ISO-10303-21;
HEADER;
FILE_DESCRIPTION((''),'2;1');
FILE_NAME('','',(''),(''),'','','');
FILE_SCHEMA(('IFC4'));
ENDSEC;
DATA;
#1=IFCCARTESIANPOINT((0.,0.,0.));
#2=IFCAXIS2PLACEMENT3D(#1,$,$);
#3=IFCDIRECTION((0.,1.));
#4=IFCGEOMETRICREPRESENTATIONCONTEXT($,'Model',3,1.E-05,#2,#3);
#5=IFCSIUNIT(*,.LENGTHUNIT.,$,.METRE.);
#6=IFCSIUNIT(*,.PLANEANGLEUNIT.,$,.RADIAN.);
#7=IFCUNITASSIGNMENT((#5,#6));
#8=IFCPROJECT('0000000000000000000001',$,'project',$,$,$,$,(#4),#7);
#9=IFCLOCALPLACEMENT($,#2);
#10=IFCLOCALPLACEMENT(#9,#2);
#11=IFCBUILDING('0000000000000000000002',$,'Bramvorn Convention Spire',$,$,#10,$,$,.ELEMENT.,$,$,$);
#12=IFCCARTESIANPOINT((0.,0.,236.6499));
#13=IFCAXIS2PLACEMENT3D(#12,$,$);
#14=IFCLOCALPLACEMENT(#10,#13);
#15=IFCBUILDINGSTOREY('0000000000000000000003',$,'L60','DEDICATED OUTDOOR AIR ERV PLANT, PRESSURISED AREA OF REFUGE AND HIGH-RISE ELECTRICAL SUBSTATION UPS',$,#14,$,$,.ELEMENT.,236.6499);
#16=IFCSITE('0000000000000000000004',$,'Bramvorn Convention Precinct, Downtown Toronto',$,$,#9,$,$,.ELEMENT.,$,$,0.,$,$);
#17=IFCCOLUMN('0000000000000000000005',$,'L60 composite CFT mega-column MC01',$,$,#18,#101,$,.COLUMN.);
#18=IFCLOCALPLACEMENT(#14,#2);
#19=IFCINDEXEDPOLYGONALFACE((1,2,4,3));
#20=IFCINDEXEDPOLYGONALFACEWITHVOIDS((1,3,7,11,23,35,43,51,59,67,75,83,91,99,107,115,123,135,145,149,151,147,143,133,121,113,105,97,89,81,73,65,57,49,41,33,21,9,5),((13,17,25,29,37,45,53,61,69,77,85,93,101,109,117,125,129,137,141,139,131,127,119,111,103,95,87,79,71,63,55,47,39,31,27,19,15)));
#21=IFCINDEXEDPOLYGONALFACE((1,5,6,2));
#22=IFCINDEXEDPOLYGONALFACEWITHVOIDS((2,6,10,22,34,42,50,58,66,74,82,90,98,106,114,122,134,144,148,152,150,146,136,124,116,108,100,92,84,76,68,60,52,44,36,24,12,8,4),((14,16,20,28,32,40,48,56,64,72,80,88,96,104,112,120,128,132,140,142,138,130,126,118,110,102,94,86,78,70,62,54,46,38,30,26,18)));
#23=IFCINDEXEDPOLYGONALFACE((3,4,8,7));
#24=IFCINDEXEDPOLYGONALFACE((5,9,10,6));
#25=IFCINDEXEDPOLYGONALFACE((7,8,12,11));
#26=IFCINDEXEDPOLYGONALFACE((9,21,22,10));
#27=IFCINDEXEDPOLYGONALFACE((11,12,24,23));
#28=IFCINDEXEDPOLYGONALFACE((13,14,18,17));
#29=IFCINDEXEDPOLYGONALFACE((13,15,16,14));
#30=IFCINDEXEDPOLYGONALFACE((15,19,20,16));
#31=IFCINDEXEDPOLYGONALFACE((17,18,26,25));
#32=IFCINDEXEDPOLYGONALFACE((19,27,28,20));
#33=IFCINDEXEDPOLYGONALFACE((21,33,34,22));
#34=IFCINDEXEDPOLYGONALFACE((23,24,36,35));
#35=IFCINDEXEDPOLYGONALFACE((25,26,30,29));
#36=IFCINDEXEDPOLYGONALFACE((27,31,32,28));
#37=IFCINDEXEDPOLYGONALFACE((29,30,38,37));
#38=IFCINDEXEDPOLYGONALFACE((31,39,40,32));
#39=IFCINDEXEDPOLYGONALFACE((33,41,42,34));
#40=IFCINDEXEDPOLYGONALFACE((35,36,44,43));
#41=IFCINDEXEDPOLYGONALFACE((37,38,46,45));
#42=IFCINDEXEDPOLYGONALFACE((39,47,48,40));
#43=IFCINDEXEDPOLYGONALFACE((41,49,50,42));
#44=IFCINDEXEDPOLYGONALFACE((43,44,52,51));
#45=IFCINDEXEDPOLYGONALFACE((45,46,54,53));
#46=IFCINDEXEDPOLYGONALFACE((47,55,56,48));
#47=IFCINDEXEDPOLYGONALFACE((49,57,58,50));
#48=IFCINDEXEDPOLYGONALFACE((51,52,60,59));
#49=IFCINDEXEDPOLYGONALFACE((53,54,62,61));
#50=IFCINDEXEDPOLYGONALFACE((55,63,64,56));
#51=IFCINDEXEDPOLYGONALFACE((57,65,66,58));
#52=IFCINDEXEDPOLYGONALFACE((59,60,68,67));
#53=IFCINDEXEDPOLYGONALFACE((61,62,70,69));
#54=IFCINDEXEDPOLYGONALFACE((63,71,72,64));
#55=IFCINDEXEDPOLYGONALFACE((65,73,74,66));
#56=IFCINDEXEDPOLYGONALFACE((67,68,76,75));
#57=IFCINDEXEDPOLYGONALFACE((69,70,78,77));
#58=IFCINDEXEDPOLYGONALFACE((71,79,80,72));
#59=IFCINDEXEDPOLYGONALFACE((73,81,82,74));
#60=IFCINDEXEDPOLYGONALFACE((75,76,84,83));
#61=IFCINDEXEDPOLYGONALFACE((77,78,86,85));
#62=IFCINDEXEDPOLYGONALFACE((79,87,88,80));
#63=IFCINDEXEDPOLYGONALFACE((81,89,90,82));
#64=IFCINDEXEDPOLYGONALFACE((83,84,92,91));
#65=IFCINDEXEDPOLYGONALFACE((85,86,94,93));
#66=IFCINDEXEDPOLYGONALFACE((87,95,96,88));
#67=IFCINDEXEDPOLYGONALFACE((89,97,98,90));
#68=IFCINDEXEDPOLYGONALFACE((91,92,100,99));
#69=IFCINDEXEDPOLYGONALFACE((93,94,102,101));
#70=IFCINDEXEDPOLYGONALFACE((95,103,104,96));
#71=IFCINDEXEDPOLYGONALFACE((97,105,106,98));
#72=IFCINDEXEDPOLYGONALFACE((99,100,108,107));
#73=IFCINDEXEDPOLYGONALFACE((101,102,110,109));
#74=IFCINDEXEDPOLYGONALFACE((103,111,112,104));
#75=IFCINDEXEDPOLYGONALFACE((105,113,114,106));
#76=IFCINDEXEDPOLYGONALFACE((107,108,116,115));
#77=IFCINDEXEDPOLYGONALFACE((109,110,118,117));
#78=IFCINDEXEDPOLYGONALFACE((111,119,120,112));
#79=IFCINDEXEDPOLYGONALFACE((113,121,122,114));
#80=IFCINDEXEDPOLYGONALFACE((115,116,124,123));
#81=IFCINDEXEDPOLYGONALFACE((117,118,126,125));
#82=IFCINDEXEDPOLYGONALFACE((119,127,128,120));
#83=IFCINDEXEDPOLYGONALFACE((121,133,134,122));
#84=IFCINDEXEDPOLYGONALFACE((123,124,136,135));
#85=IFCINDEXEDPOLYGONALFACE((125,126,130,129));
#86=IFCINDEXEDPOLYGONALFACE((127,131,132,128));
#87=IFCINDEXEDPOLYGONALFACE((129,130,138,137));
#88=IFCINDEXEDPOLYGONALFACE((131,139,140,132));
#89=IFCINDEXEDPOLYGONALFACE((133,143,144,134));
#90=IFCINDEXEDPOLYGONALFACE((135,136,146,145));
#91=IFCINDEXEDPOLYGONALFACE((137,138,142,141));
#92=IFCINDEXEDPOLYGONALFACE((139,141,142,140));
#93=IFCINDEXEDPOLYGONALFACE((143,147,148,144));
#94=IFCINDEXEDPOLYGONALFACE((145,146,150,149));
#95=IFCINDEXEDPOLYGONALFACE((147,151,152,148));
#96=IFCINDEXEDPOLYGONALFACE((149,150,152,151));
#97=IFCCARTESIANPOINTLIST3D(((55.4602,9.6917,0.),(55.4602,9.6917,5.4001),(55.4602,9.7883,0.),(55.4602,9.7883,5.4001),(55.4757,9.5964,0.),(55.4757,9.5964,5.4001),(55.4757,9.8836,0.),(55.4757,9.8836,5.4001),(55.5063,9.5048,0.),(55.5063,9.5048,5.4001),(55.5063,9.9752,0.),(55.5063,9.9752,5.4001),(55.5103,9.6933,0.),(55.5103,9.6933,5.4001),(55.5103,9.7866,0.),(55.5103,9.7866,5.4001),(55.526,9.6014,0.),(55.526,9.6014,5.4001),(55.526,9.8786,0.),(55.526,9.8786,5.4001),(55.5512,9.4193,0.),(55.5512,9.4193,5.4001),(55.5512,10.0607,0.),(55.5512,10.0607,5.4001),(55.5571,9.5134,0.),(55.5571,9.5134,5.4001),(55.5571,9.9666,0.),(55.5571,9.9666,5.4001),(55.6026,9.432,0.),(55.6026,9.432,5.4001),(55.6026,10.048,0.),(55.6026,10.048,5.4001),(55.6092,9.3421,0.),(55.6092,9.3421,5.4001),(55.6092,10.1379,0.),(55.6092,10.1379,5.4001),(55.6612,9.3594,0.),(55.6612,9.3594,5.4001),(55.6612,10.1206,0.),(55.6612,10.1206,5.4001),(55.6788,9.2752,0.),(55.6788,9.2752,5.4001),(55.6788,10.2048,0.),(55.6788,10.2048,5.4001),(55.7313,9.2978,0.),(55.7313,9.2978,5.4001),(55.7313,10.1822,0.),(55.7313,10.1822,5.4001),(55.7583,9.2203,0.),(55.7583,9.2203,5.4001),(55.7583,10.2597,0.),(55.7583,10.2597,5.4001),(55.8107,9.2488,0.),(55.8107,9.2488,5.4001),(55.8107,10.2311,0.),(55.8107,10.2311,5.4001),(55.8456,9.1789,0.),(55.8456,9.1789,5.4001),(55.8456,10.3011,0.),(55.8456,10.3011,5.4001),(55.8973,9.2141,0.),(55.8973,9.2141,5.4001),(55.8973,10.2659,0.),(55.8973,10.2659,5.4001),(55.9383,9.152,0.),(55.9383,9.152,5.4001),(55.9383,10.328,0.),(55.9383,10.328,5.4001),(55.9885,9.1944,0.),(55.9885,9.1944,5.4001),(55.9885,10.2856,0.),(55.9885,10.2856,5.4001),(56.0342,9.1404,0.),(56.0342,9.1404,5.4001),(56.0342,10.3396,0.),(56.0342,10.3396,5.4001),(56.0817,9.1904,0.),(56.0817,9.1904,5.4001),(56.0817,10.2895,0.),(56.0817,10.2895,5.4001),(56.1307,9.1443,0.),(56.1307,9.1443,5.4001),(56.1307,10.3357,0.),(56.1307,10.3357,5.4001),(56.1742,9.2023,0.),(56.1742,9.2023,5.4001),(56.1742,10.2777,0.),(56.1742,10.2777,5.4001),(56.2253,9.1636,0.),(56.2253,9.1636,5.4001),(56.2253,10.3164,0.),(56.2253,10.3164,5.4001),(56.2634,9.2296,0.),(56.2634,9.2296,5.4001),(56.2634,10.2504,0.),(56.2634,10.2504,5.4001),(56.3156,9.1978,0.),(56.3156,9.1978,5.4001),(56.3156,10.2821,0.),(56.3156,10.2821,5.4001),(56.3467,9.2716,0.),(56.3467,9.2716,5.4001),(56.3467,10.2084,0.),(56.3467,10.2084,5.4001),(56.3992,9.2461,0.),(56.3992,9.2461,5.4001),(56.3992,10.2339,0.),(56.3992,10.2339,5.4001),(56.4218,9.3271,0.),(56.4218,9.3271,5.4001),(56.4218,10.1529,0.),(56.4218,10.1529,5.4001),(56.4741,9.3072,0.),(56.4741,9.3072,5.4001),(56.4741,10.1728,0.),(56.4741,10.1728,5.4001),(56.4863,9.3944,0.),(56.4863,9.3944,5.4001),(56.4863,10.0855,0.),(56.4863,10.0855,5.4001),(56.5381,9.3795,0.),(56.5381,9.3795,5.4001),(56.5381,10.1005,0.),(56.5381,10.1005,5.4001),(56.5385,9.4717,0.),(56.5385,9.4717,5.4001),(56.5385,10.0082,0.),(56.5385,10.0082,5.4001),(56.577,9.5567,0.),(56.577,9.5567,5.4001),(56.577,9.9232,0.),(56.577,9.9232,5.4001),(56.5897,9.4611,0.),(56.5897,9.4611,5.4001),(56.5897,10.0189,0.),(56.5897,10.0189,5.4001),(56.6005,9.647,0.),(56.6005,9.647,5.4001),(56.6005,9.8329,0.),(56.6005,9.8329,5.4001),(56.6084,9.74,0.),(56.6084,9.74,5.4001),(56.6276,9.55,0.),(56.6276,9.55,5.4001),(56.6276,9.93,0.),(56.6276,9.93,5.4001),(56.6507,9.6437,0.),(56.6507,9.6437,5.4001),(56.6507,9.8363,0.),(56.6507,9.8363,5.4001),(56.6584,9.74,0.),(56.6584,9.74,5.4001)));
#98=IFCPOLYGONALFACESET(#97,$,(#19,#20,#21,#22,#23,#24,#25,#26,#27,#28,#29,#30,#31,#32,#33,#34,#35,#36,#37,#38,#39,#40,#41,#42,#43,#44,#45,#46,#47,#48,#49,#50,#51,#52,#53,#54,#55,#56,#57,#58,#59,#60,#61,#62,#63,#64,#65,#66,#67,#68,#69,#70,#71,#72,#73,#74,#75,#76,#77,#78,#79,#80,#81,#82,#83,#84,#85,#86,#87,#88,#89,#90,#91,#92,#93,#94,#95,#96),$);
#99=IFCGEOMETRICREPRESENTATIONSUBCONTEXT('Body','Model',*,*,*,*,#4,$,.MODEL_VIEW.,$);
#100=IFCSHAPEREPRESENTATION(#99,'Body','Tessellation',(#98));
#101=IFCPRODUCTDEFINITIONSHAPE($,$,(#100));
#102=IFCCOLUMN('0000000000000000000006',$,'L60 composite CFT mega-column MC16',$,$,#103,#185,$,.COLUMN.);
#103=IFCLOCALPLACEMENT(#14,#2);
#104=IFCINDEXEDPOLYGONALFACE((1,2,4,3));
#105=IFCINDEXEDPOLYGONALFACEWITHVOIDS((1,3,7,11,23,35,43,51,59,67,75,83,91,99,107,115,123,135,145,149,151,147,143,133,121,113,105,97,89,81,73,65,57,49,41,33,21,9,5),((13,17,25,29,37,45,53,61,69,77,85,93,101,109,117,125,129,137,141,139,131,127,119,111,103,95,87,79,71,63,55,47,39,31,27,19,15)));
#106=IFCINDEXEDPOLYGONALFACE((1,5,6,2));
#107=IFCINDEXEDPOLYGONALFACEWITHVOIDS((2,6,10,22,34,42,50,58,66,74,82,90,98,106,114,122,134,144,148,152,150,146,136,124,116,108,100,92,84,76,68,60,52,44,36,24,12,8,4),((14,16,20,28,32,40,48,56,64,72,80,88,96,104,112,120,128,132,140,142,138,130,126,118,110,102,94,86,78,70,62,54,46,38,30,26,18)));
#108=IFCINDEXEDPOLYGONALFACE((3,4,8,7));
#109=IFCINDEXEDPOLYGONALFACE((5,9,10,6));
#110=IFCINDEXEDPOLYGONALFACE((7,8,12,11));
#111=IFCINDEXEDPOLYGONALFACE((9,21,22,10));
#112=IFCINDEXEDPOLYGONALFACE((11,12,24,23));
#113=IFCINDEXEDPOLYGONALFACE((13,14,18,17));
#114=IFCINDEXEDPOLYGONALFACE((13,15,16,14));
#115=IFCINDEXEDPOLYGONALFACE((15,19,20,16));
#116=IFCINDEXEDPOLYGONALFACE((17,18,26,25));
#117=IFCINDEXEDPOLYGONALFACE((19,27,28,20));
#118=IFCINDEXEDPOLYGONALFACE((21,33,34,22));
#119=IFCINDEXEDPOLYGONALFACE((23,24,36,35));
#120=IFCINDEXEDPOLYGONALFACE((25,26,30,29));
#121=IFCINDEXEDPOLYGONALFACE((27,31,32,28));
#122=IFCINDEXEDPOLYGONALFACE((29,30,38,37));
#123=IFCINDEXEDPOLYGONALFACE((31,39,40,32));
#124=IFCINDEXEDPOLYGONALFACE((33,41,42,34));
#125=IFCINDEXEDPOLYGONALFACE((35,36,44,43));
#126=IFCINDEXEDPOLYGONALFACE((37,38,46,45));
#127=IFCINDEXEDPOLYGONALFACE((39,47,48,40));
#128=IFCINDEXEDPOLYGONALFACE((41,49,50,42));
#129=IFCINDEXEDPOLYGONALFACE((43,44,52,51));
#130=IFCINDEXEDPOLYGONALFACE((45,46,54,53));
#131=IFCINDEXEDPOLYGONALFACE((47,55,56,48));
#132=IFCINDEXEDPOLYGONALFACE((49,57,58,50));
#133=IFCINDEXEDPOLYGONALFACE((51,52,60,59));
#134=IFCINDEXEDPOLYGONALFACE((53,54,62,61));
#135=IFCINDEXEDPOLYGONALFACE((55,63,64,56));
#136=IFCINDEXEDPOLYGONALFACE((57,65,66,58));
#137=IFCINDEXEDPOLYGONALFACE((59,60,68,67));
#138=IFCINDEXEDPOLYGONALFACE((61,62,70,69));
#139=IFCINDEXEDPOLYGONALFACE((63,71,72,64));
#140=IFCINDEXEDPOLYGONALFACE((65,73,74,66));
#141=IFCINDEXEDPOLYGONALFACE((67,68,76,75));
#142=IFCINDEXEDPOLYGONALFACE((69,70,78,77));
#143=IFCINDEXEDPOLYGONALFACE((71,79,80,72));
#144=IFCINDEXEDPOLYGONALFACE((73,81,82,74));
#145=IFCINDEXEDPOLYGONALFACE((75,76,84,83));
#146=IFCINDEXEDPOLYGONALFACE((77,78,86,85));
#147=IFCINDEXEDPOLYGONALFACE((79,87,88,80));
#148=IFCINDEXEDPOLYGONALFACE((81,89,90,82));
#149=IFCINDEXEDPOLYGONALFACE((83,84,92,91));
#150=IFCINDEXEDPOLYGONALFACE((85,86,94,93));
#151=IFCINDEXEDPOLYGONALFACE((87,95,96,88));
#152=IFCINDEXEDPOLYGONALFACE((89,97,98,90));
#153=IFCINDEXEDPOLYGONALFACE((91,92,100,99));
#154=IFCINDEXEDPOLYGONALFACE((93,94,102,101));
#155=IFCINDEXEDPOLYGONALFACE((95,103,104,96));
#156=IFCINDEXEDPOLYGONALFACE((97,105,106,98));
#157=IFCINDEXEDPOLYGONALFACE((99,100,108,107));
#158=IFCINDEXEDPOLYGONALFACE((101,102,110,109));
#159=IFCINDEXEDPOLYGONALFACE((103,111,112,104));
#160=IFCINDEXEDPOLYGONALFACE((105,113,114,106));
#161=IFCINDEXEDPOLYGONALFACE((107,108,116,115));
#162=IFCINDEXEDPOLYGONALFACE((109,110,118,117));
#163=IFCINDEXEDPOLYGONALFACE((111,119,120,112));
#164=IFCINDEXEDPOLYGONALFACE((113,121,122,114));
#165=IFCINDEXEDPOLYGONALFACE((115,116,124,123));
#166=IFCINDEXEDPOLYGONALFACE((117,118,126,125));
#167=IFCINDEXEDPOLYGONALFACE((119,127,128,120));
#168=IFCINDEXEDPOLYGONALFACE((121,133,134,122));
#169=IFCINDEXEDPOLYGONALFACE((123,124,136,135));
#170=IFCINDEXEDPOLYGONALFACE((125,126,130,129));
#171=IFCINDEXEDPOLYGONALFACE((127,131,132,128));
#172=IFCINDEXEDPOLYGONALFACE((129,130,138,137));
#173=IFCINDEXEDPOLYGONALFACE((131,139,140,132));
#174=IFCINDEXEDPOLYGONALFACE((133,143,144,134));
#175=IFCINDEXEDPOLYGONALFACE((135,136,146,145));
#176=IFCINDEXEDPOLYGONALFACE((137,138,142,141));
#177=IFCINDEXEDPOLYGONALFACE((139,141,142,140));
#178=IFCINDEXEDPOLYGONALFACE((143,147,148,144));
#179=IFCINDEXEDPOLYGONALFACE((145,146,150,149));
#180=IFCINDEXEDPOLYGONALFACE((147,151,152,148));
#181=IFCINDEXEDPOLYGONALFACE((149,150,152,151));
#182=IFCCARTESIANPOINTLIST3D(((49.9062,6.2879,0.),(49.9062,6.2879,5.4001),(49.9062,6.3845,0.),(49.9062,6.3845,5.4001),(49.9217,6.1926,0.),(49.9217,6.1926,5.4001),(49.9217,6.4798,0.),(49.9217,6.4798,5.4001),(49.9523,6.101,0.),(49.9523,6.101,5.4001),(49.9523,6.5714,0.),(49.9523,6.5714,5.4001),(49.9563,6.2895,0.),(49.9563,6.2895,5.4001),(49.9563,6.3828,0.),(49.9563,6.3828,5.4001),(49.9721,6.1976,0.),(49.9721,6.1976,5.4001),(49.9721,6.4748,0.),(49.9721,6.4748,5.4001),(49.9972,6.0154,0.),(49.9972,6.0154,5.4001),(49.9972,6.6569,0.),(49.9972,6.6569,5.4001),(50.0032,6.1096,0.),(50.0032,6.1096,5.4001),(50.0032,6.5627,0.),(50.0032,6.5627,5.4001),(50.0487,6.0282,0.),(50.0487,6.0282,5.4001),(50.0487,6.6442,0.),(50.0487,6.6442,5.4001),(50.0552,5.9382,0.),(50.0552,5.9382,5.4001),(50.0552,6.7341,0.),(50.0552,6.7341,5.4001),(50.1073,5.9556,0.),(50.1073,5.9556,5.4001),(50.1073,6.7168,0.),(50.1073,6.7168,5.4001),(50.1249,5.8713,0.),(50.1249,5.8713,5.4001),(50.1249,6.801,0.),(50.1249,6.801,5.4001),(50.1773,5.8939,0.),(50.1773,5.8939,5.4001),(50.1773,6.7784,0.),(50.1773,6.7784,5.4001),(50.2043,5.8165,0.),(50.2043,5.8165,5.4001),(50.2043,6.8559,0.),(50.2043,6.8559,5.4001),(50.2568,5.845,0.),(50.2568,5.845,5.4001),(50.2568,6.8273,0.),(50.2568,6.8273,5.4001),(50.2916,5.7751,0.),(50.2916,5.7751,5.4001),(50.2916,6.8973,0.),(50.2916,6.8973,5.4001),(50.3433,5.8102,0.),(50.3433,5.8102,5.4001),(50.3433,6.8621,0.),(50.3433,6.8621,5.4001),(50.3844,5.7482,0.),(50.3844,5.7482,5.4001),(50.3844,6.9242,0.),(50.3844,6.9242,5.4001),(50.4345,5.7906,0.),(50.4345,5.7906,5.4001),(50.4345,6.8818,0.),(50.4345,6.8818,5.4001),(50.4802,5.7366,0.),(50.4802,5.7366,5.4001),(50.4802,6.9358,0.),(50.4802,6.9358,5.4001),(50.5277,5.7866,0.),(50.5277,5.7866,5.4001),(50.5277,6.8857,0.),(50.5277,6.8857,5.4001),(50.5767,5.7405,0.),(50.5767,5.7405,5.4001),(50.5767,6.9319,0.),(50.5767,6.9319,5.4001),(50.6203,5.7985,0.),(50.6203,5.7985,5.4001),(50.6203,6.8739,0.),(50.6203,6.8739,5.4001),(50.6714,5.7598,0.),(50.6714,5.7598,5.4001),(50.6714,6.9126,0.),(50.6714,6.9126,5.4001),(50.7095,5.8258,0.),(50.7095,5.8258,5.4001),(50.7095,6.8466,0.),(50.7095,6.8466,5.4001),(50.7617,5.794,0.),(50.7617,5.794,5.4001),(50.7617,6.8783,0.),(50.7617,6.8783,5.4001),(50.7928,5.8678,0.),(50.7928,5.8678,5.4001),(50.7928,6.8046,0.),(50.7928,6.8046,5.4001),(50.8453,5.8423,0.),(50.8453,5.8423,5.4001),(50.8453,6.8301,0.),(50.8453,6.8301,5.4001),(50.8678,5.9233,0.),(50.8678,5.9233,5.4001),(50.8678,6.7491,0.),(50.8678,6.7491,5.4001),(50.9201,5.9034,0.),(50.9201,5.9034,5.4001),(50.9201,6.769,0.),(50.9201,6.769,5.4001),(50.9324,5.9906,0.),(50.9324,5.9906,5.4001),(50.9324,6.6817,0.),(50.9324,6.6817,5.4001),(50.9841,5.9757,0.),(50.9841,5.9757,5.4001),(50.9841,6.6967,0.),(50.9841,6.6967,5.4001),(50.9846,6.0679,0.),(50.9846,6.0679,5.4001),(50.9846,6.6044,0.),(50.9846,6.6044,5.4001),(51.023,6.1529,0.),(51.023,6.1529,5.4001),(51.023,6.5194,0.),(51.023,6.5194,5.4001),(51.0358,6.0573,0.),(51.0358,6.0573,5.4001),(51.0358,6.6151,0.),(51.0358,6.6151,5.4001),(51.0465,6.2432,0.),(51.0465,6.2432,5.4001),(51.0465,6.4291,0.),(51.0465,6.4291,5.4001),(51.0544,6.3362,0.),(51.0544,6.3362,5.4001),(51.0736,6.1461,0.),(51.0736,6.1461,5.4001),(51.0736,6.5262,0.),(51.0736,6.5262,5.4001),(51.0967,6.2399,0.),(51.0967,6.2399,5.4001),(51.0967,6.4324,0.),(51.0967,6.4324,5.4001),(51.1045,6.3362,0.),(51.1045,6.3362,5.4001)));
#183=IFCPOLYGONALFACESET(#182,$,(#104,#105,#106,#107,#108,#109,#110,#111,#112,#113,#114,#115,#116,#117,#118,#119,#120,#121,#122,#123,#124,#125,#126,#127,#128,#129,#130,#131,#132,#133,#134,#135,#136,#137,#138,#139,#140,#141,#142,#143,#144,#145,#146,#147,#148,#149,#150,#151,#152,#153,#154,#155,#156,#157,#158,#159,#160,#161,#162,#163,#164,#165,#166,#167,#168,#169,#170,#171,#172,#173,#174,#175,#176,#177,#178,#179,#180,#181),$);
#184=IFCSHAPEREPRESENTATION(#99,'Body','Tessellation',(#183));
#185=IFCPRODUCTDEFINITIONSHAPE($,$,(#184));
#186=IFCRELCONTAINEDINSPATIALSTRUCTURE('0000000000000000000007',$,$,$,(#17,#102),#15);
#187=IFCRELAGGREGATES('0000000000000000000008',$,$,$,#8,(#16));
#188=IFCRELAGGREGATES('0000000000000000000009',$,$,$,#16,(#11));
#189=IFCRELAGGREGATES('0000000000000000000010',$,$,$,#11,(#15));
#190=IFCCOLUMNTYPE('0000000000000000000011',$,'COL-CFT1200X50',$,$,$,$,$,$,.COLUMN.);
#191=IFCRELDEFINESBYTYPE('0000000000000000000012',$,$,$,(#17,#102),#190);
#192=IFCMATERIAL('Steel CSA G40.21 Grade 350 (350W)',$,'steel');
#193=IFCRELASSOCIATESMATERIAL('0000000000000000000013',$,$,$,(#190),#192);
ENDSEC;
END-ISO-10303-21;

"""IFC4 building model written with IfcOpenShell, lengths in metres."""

from ifc_helpers import new_model, si_unit, direction, frame, origin, origin_2d, place, context, subcontext, project, spatial, hollow_circle, extrude, material, material_profile, profile_set, type_object, element, save


model = new_model("IFC4")

# Units and contexts
model_context = context("Model", 3, precision=1e-05, world=origin(), true_north=direction((0.0, 1.0)))
body_context = subcontext(model_context, "Body", "Model", "MODEL_VIEW")
ifc_project = project(units=[si_unit("LENGTHUNIT", "METRE"), si_unit("PLANEANGLEUNIT", "RADIAN")], contexts=[model_context])

# Site, building, storey
site_placement = place(None, origin())
site = spatial("IfcSite", under=ifc_project, at=site_placement, Name="Bramvorn Convention Precinct, Downtown Toronto", CompositionType="ELEMENT", RefElevation=0.0)
building_placement = place(site_placement, origin())
building = spatial("IfcBuilding", under=site, at=building_placement, Name="Bramvorn Convention Spire", CompositionType="ELEMENT")
storey_placement = place(building_placement, frame((0.0, 0.0, 236.6499)))
storey = spatial("IfcBuildingStorey", under=building, at=storey_placement, Name="L60", Description="DEDICATED OUTDOOR AIR ERV PLANT, PRESSURISED AREA OF REFUGE AND HIGH-RISE ELECTRICAL SUBSTATION UPS", CompositionType="ELEMENT", Elevation=236.6499)

# Columns
ifc_material_1 = material(Name="Steel CSA G40.21 Grade 350 (350W)", Category="steel")
ifc_material_profile_1 = material_profile(ifc_material_1, hollow_circle(Radius=0.6001, WallThickness=0.05, at=origin_2d()))
ifc_profile_set_1 = profile_set([ifc_material_profile_1], Name="Steel CSA G40.21 Grade 350 (350W) - CFT1200X50")
column_type = type_object("IfcColumnType", Name="COL-CFT1200X50", PredefinedType="COLUMN", material=ifc_profile_set_1)
for number, where, z_axis, x_axis, name in (
    (1, (56.0583, 9.74, 0.0), (0.0, 0.0, 1.0), (1.0, 0.0, 0.0), "L60 composite CFT mega-column MC01"),
    (2, (50.5044, 6.3362, 0.0), (0.0, 0.0, 1.0), (1.0, 0.0, 0.0), "L60 composite CFT mega-column MC16"),
):
    element("IfcColumn", number, at=place(storey_placement, frame(where, z_axis=z_axis, x_axis=x_axis)), inside=storey, type_object=column_type, Name=name, PredefinedType="COLUMN", context=body_context, shape_type="SweptSolid", body=[
        extrude(hollow_circle(Radius=0.6001, WallThickness=0.05, at=origin_2d()), origin(), (0.0, 0.0, 1.0), 5.4001),
    ])

save(model, "model.ifc")
